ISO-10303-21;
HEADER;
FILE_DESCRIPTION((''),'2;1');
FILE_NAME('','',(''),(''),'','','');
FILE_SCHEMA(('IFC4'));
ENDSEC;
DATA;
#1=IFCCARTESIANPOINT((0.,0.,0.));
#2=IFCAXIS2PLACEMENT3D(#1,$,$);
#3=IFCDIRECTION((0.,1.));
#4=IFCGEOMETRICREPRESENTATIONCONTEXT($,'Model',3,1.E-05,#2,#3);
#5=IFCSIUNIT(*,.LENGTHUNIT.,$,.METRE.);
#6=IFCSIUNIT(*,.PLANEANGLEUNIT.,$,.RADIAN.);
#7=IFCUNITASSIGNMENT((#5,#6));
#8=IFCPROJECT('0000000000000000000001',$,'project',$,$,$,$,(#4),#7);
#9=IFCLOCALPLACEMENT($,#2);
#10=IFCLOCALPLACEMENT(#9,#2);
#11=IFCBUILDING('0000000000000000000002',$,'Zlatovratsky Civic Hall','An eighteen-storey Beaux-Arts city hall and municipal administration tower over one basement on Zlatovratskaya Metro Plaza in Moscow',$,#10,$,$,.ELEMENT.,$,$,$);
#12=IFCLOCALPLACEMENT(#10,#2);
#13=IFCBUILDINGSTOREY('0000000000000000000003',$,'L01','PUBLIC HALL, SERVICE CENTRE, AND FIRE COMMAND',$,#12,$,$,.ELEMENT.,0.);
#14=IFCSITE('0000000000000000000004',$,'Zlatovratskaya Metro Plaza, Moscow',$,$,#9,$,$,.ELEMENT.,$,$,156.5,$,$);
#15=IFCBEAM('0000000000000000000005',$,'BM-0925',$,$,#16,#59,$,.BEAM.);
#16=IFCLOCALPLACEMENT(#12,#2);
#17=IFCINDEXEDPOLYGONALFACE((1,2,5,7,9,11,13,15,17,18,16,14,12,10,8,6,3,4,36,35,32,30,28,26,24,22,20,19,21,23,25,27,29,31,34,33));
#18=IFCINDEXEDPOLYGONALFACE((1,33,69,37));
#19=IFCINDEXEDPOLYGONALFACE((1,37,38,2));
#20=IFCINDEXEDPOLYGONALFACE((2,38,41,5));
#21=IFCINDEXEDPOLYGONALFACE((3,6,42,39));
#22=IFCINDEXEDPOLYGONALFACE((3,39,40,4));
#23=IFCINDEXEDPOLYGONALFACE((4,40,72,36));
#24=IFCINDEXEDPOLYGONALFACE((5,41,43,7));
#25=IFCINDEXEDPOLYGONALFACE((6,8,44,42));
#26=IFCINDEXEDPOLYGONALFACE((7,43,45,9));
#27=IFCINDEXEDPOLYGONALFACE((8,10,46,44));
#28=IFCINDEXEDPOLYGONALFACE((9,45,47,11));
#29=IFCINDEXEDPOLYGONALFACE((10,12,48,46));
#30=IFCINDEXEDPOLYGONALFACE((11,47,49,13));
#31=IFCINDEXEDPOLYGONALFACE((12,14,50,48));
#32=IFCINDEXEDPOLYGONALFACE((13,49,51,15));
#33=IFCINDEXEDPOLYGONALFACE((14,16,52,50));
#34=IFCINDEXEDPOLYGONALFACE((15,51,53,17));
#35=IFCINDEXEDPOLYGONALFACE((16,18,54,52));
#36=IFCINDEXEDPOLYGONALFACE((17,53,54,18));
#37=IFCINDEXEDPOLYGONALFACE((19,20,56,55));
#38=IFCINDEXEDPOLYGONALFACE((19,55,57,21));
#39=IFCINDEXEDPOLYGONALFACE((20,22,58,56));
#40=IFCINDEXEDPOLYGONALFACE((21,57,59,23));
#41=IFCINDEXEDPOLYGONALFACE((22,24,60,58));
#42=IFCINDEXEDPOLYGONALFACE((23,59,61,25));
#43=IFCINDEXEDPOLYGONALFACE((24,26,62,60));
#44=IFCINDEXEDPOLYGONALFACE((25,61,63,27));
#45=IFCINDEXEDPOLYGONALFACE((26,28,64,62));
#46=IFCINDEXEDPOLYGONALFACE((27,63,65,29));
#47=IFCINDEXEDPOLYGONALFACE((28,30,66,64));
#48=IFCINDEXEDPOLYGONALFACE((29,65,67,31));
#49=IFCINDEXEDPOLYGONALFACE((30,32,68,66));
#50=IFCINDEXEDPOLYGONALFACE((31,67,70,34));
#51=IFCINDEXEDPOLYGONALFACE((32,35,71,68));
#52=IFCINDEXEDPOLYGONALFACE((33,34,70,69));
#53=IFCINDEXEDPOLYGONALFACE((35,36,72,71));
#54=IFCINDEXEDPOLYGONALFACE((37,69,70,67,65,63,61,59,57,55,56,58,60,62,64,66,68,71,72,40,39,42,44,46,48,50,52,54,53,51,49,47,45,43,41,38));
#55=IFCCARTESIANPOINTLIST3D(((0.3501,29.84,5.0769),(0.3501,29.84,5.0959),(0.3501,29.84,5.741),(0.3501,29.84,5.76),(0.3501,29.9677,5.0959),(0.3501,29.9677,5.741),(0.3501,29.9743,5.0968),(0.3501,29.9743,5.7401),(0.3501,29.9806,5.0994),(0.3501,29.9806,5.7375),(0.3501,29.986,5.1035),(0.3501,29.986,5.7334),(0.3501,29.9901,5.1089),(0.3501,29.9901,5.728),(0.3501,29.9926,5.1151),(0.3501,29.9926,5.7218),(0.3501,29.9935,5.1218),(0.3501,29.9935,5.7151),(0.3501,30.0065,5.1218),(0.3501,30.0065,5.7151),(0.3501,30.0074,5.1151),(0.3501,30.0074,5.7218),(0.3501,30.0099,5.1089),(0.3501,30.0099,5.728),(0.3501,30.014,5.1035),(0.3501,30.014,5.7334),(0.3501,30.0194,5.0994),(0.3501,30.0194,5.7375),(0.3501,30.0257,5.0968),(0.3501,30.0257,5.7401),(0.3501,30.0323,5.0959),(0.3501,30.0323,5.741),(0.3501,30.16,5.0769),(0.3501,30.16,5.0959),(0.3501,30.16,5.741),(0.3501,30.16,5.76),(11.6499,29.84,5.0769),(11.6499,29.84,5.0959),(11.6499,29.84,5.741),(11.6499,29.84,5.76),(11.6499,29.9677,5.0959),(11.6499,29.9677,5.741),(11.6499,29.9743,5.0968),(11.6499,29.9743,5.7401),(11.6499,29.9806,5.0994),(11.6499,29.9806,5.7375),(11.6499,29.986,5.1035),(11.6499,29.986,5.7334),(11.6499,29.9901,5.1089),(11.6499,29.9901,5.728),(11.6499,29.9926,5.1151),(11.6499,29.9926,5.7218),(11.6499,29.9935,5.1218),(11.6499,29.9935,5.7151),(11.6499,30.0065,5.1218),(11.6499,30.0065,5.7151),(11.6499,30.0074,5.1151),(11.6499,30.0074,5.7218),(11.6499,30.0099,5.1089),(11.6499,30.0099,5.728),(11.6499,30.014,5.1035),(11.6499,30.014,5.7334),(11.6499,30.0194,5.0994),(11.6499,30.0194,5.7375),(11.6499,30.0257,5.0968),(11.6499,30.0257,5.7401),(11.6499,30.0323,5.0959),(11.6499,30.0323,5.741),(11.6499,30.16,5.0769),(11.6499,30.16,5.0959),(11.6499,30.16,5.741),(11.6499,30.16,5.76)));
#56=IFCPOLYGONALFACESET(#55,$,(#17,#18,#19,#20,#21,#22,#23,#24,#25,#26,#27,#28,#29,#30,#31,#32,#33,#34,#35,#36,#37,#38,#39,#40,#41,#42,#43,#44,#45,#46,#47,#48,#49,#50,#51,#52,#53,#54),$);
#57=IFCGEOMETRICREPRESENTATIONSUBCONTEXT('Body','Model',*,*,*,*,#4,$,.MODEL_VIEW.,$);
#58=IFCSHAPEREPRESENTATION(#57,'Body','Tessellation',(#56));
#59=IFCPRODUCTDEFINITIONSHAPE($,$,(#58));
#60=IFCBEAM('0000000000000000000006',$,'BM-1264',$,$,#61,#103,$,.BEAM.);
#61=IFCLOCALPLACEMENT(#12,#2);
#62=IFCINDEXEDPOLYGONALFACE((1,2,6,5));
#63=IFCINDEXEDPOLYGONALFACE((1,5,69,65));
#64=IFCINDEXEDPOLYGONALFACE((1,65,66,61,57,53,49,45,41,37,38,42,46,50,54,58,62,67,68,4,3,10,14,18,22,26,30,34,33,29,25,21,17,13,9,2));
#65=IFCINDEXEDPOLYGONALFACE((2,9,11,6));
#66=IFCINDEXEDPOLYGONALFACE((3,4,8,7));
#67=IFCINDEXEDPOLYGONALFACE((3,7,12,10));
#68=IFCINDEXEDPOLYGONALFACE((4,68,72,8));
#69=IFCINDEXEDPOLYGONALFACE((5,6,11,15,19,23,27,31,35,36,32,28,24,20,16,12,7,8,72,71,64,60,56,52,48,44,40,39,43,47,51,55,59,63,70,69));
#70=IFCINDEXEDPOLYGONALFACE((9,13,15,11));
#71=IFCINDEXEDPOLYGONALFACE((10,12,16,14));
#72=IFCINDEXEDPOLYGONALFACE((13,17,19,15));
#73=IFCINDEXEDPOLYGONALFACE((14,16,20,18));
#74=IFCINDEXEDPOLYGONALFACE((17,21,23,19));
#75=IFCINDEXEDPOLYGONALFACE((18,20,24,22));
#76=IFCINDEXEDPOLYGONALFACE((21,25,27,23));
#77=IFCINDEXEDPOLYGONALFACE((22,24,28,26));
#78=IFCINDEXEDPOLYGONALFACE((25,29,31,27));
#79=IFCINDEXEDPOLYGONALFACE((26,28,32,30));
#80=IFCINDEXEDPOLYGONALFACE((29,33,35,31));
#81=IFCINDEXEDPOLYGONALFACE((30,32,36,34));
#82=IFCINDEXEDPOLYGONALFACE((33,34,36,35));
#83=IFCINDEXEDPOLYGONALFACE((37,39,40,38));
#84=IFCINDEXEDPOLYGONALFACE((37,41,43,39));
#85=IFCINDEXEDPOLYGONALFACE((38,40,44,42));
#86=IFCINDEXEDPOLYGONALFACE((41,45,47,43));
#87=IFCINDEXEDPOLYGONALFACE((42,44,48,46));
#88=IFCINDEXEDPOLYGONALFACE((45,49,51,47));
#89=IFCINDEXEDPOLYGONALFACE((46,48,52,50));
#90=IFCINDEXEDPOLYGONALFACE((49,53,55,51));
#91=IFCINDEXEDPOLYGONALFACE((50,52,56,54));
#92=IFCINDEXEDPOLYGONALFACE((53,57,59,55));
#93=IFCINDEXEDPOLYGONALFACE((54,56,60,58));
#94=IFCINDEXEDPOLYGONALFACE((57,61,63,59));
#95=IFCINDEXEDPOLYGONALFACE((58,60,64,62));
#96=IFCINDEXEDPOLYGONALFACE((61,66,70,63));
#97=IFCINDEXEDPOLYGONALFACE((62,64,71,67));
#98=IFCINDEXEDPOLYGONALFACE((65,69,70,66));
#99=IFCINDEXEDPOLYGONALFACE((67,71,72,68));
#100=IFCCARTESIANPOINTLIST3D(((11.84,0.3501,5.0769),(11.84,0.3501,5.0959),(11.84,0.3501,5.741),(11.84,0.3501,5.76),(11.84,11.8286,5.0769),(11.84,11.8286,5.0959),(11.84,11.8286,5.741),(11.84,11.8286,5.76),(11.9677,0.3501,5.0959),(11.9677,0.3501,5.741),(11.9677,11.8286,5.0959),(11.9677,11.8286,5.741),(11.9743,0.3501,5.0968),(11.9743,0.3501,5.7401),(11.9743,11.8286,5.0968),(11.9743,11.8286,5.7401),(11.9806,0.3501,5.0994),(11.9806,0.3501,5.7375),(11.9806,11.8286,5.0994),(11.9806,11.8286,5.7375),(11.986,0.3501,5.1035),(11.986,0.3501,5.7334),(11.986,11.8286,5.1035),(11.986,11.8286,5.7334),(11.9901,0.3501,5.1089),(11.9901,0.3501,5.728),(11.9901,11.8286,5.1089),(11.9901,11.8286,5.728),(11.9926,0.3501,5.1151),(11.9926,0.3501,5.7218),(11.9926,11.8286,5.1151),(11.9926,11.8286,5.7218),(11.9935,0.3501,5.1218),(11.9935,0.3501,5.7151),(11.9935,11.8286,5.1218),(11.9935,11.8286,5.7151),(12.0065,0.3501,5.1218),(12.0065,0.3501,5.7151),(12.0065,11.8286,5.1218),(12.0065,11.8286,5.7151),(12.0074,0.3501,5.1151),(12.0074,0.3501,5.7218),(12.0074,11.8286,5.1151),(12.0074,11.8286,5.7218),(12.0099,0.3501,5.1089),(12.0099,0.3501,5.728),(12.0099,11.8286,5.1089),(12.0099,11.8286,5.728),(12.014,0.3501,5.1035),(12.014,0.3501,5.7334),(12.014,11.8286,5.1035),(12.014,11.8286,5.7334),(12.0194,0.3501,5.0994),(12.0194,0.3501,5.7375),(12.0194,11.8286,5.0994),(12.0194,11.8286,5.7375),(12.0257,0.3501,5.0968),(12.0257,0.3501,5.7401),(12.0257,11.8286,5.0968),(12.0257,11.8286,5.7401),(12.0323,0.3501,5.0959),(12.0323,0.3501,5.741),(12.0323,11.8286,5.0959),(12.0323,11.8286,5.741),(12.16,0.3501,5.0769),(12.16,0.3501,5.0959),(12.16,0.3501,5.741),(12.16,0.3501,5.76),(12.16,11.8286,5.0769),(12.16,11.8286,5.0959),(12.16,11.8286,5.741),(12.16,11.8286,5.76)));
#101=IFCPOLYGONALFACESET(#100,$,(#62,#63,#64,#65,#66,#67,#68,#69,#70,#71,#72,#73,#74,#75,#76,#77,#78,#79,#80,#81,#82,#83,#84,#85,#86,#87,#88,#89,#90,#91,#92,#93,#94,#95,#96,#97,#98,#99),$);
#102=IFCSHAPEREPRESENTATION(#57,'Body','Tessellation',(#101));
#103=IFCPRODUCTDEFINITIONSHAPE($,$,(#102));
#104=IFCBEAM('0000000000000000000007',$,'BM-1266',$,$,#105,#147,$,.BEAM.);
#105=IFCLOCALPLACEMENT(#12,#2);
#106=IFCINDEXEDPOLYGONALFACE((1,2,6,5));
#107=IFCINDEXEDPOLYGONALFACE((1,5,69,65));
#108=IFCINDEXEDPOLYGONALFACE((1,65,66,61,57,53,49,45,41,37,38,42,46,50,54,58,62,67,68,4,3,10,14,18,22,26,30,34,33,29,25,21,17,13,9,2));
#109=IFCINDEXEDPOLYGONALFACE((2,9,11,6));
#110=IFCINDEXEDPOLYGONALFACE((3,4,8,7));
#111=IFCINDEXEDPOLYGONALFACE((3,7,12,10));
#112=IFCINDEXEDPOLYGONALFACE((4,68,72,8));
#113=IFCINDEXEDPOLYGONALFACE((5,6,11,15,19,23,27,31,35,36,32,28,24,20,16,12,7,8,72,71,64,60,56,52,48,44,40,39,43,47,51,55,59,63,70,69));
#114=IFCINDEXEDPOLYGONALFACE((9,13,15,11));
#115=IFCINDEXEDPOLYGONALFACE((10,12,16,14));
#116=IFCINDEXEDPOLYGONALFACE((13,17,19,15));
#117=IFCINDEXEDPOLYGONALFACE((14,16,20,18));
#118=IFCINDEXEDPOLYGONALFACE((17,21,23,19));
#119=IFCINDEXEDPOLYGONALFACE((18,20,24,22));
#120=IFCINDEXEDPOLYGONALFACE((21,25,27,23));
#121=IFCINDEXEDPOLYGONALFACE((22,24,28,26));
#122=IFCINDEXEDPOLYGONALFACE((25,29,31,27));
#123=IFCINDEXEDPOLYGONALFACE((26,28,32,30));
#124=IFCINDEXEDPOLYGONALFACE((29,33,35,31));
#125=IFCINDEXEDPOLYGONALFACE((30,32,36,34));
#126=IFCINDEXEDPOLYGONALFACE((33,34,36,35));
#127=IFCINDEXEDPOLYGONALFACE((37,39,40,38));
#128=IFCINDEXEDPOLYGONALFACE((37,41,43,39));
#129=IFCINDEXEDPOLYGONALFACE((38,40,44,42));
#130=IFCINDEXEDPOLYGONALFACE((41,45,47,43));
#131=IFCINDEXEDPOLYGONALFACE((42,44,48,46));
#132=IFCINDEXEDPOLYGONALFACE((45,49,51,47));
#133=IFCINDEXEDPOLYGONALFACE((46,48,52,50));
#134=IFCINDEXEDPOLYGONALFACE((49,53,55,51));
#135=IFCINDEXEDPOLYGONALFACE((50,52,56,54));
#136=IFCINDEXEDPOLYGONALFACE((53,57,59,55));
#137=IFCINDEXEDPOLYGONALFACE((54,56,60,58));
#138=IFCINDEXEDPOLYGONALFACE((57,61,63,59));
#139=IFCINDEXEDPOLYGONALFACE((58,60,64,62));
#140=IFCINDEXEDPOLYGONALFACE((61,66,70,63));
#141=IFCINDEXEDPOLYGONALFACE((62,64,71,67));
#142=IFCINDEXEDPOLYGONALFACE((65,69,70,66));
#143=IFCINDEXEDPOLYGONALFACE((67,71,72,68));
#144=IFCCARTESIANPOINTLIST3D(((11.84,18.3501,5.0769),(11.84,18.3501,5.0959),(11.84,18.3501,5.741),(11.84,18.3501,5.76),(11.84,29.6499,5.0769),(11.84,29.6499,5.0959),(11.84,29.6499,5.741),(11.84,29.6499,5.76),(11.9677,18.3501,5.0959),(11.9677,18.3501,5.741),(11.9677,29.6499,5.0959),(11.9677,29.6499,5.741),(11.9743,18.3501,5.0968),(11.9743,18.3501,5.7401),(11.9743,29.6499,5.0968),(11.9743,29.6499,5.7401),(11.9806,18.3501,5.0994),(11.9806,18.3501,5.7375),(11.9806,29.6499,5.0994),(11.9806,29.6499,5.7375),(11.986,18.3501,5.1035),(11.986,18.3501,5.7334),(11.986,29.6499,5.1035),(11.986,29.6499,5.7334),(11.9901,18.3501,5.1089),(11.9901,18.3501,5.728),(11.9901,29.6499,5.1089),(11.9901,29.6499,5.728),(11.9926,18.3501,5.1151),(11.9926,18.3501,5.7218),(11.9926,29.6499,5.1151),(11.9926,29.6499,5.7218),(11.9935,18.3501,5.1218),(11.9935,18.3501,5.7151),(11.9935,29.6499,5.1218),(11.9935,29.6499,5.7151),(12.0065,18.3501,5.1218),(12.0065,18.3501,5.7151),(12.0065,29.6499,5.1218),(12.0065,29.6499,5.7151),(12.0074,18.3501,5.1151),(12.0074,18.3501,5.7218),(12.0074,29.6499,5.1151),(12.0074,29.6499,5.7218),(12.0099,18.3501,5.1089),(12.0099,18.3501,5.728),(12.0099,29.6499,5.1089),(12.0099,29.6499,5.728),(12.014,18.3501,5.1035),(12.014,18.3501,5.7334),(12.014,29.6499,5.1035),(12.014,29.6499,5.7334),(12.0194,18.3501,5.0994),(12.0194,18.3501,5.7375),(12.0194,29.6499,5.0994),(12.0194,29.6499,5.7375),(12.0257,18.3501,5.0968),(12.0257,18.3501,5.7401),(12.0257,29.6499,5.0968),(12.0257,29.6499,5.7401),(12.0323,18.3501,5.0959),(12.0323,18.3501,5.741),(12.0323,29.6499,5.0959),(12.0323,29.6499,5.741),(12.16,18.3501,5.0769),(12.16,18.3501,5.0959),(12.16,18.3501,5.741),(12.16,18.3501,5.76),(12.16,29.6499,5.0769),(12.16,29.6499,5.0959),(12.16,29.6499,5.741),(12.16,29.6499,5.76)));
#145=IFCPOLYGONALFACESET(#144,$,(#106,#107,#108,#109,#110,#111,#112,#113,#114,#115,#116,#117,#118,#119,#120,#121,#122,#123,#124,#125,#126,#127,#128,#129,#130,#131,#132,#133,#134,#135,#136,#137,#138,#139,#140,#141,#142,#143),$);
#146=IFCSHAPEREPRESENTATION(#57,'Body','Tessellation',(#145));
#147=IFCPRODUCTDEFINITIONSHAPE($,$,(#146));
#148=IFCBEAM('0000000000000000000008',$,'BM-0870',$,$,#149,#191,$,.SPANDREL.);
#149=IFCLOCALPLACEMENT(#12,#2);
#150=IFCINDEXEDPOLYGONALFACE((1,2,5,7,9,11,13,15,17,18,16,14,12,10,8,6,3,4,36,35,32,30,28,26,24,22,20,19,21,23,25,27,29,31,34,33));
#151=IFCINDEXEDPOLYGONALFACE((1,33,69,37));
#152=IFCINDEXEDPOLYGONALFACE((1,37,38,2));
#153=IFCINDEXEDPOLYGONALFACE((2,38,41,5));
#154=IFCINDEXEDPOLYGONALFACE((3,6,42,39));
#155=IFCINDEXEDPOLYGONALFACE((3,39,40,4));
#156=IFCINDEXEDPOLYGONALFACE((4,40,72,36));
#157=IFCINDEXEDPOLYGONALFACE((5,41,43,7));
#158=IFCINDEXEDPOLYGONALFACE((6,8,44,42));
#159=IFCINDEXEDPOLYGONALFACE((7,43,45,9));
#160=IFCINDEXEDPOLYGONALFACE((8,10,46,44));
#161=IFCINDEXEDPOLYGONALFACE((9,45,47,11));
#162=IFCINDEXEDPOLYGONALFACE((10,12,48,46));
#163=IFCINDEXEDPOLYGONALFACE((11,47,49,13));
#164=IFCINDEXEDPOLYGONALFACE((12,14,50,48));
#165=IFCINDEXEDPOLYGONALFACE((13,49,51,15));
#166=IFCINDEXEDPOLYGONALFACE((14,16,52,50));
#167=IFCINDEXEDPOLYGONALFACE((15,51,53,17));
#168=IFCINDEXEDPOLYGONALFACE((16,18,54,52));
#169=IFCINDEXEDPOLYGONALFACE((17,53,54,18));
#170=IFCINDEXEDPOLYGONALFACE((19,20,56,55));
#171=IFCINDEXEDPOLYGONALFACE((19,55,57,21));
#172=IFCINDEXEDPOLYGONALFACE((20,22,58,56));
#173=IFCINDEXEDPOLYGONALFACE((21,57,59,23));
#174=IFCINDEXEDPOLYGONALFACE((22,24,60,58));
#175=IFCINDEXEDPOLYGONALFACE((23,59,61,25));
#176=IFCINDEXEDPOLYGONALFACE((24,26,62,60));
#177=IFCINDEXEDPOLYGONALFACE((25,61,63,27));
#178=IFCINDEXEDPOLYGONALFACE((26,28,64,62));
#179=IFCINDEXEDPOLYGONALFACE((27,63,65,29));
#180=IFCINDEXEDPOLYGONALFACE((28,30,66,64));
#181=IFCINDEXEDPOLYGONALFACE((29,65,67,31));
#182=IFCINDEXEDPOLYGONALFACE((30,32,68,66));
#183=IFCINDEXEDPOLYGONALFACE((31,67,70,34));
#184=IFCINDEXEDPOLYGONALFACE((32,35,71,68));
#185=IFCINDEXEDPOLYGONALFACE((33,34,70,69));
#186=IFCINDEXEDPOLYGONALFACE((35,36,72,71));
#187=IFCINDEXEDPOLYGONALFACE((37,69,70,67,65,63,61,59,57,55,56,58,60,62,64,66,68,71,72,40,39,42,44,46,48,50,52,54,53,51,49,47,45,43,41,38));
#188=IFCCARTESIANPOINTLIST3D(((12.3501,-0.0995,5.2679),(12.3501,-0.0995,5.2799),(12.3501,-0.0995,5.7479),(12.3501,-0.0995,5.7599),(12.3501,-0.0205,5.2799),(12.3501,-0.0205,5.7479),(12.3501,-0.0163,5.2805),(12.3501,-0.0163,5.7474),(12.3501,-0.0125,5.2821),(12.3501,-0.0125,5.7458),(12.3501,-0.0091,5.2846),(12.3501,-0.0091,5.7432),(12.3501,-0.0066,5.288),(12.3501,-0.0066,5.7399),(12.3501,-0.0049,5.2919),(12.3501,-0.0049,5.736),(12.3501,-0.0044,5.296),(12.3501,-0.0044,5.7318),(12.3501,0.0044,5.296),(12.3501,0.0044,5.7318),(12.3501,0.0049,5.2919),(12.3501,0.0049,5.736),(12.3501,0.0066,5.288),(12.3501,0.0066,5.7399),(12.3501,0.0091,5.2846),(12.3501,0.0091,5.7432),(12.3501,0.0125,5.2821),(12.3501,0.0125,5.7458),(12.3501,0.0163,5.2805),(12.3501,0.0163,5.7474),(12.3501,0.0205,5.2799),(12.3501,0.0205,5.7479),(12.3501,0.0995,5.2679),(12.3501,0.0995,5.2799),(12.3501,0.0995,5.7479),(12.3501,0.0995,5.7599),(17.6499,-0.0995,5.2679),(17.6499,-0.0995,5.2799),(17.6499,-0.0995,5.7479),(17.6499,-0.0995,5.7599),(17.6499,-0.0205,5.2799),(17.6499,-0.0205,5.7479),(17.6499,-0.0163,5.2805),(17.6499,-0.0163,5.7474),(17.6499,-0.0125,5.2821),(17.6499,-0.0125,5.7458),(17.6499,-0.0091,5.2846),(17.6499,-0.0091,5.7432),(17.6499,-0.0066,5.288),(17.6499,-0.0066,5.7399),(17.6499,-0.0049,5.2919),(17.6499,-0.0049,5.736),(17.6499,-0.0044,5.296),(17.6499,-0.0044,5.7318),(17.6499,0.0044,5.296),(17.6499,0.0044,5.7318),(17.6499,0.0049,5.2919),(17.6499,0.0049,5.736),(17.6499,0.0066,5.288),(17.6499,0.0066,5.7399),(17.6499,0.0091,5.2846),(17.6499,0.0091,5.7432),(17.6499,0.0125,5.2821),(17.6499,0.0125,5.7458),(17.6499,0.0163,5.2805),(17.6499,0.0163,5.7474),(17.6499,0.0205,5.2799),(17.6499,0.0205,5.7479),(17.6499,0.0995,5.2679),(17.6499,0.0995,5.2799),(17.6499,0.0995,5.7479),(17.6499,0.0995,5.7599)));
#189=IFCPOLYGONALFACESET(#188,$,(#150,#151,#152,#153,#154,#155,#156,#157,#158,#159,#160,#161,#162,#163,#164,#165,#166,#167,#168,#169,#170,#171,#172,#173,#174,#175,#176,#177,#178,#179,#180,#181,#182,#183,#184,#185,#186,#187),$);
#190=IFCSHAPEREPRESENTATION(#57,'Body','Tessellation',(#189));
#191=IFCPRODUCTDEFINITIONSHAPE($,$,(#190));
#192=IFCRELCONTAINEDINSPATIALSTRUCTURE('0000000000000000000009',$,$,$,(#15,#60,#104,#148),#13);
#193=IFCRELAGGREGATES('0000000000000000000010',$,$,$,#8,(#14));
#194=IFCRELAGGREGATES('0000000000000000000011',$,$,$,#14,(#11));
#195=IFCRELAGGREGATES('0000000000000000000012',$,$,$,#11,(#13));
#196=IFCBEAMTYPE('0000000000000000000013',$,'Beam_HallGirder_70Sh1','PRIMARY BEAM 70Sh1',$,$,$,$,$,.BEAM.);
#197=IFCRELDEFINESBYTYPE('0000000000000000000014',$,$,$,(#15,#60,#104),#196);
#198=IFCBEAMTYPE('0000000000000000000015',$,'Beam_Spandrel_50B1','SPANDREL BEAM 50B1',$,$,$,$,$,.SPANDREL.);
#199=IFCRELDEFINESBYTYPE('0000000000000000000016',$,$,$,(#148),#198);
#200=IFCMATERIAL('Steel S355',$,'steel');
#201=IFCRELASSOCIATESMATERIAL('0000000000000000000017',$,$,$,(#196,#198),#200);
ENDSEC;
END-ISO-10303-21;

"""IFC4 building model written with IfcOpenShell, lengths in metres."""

from ifc_helpers import new_model, si_unit, direction, frame, origin, origin_2d, place, context, subcontext, project, spatial, i_section, extrude, material, material_profile, profile_set, type_object, element, save


model = new_model("IFC4")

# Units and contexts
model_context = context("Model", 3, precision=1e-05, world=origin(), true_north=direction((0.0, 1.0)))
body_context = subcontext(model_context, "Body", "Model", "MODEL_VIEW")
ifc_project = project(units=[si_unit("LENGTHUNIT", "METRE"), si_unit("PLANEANGLEUNIT", "RADIAN")], contexts=[model_context])

# Site, building, storey
site_placement = place(None, origin())
site = spatial("IfcSite", under=ifc_project, at=site_placement, Name="Zlatovratskaya Metro Plaza, Moscow", CompositionType="ELEMENT", RefElevation=156.5)
building_placement = place(site_placement, origin())
building = spatial("IfcBuilding", under=site, at=building_placement, Name="Zlatovratsky Civic Hall", Description="An eighteen-storey Beaux-Arts city hall and municipal administration tower over one basement on Zlatovratskaya Metro Plaza in Moscow", CompositionType="ELEMENT")
storey_placement = place(building_placement, origin())
storey = spatial("IfcBuildingStorey", under=building, at=storey_placement, Name="L01", Description="PUBLIC HALL, SERVICE CENTRE, AND FIRE COMMAND", CompositionType="ELEMENT", Elevation=0.0)

# Shared definitions
ifc_material_1 = material(Name="Steel S355", Category="steel")

# Beams
ifc_material_profile_1 = material_profile(ifc_material_1, i_section(OverallWidth=0.3201, OverallDepth=0.6831, WebThickness=0.0129, FlangeThickness=0.019, FilletRadius=0.0259, at=origin_2d()), Name="70Sh1")
ifc_profile_set_1 = profile_set([ifc_material_profile_1], Name="Steel S355")
beam_type_1 = type_object("IfcBeamType", Name="Beam_HallGirder_70Sh1", Description="PRIMARY BEAM 70Sh1", PredefinedType="BEAM", material=ifc_profile_set_1)
for number, where, z_axis, x_axis, name in (
    (1, (0.3501, 30.0, 5.4185), (1.0, 0.0, 0.0), (0.0, 1.0, 0.0), "BM-0925"),
):
    element("IfcBeam", number, at=place(storey_placement, frame(where, z_axis=z_axis, x_axis=x_axis)), inside=storey, type_object=beam_type_1, Name=name, PredefinedType="BEAM", context=body_context, shape_type="SweptSolid", body=[
        extrude(i_section(OverallWidth=0.3201, OverallDepth=0.6831, WebThickness=0.0129, FlangeThickness=0.019, FilletRadius=0.0259, at=origin_2d()), origin(), (0.0, 0.0, 1.0), 11.2998),
    ])
beam_1_placement = place(storey_placement, frame((12.0, 0.3501, 5.4185), z_axis=(0.0, 1.0, 0.0), x_axis=(-1.0, 0.0, 0.0)))
element("IfcBeam", 2, at=beam_1_placement, inside=storey, type_object=beam_type_1, Name="BM-1264", PredefinedType="BEAM", context=body_context, shape_type="SweptSolid", body=[
    extrude(i_section(OverallWidth=0.3201, OverallDepth=0.6831, WebThickness=0.0129, FlangeThickness=0.019, FilletRadius=0.0259, at=origin_2d()), origin(), (0.0, 0.0, 1.0), 11.4785),
])
beam_2_placement = place(storey_placement, frame((12.0, 18.3501, 5.4185), z_axis=(0.0, 1.0, 0.0), x_axis=(-1.0, 0.0, 0.0)))
element("IfcBeam", 3, at=beam_2_placement, inside=storey, type_object=beam_type_1, Name="BM-1266", PredefinedType="BEAM", context=body_context, shape_type="SweptSolid", body=[
    extrude(i_section(OverallWidth=0.3201, OverallDepth=0.6831, WebThickness=0.0129, FlangeThickness=0.019, FilletRadius=0.0259, at=origin_2d()), origin(), (0.0, 0.0, 1.0), 11.2998),
])
ifc_material_profile_2 = material_profile(ifc_material_1, i_section(OverallWidth=0.199, OverallDepth=0.4919, WebThickness=0.0088, FlangeThickness=0.012, FilletRadius=0.0161, at=origin_2d()), Name="50B1")
ifc_profile_set_2 = profile_set([ifc_material_profile_2], Name="Steel S355")
beam_type_2 = type_object("IfcBeamType", Name="Beam_Spandrel_50B1", Description="SPANDREL BEAM 50B1", PredefinedType="SPANDREL", material=ifc_profile_set_2)
for number, where, z_axis, x_axis, name in (
    (4, (12.3501, 0.0, 5.5139), (1.0, 0.0, 0.0), (0.0, 1.0, 0.0), "BM-0870"),
):
    element("IfcBeam", number, at=place(storey_placement, frame(where, z_axis=z_axis, x_axis=x_axis)), inside=storey, type_object=beam_type_2, Name=name, PredefinedType="SPANDREL", context=body_context, shape_type="SweptSolid", body=[
        extrude(i_section(OverallWidth=0.199, OverallDepth=0.4919, WebThickness=0.0088, FlangeThickness=0.012, FilletRadius=0.0161, at=origin_2d()), origin(), (0.0, 0.0, 1.0), 5.2998),
    ])

save(model, "model.ifc")
